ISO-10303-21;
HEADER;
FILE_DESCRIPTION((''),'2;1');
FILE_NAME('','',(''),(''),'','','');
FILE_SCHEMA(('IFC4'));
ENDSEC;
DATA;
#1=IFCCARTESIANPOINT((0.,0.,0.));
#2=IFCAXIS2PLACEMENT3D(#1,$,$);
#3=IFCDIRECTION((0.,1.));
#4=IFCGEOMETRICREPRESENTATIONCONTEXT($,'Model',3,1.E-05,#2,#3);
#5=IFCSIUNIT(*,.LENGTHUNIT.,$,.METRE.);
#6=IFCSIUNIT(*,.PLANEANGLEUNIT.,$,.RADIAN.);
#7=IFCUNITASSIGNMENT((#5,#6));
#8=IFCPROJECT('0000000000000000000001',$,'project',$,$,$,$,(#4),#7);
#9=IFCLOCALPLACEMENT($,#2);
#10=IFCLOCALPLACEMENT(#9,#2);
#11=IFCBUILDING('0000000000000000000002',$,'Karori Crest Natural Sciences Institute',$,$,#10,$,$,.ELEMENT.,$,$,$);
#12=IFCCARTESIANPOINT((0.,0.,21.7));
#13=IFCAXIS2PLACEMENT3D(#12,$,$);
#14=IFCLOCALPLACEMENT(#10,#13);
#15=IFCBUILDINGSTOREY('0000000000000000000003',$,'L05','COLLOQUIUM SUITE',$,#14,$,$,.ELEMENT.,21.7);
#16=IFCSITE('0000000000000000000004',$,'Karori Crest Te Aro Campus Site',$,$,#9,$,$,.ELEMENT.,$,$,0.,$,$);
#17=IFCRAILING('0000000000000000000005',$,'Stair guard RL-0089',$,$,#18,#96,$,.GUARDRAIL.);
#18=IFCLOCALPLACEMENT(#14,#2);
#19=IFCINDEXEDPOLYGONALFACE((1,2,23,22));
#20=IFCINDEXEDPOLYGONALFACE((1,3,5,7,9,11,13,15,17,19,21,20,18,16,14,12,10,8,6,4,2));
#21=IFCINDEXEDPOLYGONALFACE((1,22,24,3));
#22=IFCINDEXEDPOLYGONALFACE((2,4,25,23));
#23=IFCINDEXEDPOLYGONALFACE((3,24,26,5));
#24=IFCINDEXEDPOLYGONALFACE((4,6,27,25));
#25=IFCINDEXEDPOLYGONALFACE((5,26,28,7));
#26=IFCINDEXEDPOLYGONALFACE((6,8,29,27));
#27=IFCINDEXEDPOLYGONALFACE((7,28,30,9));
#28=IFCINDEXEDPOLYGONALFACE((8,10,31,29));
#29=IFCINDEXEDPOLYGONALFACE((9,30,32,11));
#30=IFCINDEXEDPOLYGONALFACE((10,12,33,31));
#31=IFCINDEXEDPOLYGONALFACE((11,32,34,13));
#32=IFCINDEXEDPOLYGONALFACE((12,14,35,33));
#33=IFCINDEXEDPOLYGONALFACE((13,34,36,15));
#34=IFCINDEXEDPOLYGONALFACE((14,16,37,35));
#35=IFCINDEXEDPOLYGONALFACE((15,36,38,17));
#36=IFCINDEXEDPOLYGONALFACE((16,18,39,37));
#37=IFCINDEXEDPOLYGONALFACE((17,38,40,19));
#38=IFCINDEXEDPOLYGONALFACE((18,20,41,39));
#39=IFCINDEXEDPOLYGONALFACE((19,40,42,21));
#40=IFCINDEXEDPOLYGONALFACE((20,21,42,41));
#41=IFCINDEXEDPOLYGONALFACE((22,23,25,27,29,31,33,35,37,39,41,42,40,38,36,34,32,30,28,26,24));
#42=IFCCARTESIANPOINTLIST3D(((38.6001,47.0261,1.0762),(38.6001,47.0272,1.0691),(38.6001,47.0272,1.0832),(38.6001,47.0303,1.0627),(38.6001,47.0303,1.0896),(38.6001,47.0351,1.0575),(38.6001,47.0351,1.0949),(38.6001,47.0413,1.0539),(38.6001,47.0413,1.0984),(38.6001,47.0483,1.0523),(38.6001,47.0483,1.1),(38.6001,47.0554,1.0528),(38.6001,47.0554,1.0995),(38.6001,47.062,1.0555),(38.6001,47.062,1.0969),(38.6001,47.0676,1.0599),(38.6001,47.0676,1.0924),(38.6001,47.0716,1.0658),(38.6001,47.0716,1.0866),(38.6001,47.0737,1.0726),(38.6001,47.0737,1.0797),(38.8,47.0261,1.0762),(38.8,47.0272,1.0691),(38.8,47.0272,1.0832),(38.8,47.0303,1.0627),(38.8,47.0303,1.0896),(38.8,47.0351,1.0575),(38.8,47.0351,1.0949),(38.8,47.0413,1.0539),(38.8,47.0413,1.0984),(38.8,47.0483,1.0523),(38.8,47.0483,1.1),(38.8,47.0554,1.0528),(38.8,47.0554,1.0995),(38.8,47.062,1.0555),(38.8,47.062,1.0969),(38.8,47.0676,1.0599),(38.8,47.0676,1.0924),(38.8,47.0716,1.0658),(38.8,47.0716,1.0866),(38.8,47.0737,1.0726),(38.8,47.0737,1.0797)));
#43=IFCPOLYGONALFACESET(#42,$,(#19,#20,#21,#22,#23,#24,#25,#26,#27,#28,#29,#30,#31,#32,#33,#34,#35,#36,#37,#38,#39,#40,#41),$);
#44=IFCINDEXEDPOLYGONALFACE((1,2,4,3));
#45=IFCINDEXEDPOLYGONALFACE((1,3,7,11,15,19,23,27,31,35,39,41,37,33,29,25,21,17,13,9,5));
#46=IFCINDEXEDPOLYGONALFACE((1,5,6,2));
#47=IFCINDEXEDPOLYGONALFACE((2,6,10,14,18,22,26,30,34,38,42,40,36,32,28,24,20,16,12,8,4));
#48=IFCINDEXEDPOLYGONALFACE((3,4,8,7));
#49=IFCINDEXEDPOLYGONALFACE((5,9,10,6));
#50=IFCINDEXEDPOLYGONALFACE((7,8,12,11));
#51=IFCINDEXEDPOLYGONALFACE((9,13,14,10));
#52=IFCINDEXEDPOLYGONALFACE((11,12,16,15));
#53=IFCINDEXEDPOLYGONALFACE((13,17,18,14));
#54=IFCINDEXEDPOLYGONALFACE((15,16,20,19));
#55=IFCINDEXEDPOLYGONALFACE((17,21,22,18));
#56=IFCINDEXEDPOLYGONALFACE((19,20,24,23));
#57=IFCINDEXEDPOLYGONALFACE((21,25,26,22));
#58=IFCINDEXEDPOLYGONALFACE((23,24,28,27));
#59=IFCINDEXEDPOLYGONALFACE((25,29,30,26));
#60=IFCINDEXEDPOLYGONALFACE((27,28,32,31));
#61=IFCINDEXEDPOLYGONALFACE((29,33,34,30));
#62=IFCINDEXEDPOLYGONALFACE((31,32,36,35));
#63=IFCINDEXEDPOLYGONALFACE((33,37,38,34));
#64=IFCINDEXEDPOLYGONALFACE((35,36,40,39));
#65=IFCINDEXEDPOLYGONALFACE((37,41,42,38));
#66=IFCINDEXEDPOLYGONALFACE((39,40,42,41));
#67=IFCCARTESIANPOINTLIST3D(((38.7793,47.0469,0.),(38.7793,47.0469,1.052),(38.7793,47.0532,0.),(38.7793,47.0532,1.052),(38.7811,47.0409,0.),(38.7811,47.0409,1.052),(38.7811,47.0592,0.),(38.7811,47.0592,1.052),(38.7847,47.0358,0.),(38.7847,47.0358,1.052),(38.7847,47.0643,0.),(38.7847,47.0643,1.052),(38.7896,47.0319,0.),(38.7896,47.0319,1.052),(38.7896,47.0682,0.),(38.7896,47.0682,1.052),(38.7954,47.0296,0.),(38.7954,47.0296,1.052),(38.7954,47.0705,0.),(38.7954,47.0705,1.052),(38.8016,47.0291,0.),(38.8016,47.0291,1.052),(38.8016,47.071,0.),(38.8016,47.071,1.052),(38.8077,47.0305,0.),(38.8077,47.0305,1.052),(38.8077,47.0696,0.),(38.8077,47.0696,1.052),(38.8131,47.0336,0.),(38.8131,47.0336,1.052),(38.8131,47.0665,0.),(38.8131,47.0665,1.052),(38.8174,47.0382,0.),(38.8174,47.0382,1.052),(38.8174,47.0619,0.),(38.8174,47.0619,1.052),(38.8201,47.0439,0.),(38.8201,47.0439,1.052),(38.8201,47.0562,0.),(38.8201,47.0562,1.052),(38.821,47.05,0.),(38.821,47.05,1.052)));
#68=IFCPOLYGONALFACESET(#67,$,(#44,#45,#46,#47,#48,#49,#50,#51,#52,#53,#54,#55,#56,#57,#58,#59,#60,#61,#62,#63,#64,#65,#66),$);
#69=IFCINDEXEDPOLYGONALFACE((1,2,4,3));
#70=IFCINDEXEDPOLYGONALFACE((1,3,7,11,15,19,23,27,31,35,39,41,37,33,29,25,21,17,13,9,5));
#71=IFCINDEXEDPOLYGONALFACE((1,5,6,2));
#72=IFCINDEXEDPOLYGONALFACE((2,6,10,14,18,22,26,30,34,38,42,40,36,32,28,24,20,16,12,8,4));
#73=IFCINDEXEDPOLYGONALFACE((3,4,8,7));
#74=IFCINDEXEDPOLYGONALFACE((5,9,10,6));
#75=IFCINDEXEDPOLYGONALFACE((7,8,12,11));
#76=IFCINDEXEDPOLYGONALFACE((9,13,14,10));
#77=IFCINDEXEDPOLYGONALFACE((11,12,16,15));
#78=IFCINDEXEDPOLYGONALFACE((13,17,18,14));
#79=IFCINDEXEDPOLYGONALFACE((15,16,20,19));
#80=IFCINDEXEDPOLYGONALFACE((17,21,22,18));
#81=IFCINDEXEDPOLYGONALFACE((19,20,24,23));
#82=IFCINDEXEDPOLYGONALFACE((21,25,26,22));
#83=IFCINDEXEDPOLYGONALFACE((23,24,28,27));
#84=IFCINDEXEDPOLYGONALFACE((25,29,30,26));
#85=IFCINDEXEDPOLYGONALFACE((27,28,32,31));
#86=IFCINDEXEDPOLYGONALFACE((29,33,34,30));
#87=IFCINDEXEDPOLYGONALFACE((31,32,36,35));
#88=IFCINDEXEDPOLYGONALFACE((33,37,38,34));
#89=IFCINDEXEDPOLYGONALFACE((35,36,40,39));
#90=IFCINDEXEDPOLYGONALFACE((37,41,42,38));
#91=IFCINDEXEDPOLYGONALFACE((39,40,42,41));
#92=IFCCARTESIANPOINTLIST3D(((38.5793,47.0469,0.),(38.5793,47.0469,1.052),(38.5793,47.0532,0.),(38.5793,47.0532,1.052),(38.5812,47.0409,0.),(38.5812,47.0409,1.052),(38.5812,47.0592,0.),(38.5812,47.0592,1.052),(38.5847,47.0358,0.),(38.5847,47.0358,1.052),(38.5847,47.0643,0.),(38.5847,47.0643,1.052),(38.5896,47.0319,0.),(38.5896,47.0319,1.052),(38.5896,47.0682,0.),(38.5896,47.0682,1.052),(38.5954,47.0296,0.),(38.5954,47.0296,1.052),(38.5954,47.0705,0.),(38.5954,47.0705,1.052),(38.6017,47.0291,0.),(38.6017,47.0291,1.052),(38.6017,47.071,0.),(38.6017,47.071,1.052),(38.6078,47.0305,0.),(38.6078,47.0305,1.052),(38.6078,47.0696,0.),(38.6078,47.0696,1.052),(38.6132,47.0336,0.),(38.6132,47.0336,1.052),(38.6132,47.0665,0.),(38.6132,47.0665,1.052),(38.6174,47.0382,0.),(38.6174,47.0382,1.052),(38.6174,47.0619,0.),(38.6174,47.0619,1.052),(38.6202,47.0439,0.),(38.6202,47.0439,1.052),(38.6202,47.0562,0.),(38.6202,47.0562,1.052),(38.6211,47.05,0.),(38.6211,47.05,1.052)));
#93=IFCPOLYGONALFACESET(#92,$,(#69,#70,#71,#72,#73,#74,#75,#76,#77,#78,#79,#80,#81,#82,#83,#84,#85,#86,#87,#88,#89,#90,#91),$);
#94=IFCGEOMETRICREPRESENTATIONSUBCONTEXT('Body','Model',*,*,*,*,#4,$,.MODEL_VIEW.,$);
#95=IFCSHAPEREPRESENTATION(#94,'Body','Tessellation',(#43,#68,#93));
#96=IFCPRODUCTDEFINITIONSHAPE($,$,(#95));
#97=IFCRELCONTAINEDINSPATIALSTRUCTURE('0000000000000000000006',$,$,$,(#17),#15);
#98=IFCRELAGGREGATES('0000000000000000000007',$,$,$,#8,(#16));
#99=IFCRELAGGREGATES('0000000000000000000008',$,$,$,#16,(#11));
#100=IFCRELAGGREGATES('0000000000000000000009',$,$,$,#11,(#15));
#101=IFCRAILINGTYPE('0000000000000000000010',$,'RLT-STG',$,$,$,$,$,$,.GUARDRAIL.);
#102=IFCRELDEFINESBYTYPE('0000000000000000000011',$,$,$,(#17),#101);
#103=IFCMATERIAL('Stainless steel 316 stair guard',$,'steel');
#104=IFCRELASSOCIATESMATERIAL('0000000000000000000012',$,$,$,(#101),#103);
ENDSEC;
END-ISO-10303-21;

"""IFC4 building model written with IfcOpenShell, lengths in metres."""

from ifc_helpers import new_model, si_unit, direction, frame, origin, origin_2d, place, context, subcontext, project, spatial, circle, extrude, material, type_object, element, save


model = new_model("IFC4")

# Units and contexts
model_context = context("Model", 3, precision=1e-05, world=origin(), true_north=direction((0.0, 1.0)))
body_context = subcontext(model_context, "Body", "Model", "MODEL_VIEW")
ifc_project = project(units=[si_unit("LENGTHUNIT", "METRE"), si_unit("PLANEANGLEUNIT", "RADIAN")], contexts=[model_context])

# Site, building, storey
site_placement = place(None, origin())
site = spatial("IfcSite", under=ifc_project, at=site_placement, Name="Karori Crest Te Aro Campus Site", CompositionType="ELEMENT", RefElevation=0.0)
building_placement = place(site_placement, origin())
building = spatial("IfcBuilding", under=site, at=building_placement, Name="Karori Crest Natural Sciences Institute", CompositionType="ELEMENT")
storey_placement = place(building_placement, frame((0.0, 0.0, 21.7)))
storey = spatial("IfcBuildingStorey", under=building, at=storey_placement, Name="L05", Description="COLLOQUIUM SUITE", CompositionType="ELEMENT", Elevation=21.7)

# Railing
ifc_material_1 = material(Name="Stainless steel 316 stair guard", Category="steel")
railing_type_1 = type_object("IfcRailingType", Name="RLT-STG", PredefinedType="GUARDRAIL", material=ifc_material_1)
railing_1_placement = place(storey_placement, frame((38.8, 47.05, 0.0)))
element("IfcRailing", 1, at=railing_1_placement, inside=storey, type_object=railing_type_1, Name="Stair guard RL-0089", PredefinedType="GUARDRAIL", context=body_context, shape_type="SweptSolid", body=[
    extrude(circle(Radius=0.0239, at=origin_2d()), frame((0.0, 0.0, 1.0762), z_axis=(-1.0, 0.0, 0.0), x_axis=(0.0, -1.0, 0.0)), (0.0, 0.0, 1.0), 0.2),
    extrude(circle(Radius=0.021, at=origin_2d()), origin(), (0.0, 0.0, 1.0), 1.052),
    extrude(circle(Radius=0.021, at=origin_2d()), frame((-0.2, 0.0, 0.0)), (0.0, 0.0, 1.0), 1.052),
])

save(model, "model.ifc")
